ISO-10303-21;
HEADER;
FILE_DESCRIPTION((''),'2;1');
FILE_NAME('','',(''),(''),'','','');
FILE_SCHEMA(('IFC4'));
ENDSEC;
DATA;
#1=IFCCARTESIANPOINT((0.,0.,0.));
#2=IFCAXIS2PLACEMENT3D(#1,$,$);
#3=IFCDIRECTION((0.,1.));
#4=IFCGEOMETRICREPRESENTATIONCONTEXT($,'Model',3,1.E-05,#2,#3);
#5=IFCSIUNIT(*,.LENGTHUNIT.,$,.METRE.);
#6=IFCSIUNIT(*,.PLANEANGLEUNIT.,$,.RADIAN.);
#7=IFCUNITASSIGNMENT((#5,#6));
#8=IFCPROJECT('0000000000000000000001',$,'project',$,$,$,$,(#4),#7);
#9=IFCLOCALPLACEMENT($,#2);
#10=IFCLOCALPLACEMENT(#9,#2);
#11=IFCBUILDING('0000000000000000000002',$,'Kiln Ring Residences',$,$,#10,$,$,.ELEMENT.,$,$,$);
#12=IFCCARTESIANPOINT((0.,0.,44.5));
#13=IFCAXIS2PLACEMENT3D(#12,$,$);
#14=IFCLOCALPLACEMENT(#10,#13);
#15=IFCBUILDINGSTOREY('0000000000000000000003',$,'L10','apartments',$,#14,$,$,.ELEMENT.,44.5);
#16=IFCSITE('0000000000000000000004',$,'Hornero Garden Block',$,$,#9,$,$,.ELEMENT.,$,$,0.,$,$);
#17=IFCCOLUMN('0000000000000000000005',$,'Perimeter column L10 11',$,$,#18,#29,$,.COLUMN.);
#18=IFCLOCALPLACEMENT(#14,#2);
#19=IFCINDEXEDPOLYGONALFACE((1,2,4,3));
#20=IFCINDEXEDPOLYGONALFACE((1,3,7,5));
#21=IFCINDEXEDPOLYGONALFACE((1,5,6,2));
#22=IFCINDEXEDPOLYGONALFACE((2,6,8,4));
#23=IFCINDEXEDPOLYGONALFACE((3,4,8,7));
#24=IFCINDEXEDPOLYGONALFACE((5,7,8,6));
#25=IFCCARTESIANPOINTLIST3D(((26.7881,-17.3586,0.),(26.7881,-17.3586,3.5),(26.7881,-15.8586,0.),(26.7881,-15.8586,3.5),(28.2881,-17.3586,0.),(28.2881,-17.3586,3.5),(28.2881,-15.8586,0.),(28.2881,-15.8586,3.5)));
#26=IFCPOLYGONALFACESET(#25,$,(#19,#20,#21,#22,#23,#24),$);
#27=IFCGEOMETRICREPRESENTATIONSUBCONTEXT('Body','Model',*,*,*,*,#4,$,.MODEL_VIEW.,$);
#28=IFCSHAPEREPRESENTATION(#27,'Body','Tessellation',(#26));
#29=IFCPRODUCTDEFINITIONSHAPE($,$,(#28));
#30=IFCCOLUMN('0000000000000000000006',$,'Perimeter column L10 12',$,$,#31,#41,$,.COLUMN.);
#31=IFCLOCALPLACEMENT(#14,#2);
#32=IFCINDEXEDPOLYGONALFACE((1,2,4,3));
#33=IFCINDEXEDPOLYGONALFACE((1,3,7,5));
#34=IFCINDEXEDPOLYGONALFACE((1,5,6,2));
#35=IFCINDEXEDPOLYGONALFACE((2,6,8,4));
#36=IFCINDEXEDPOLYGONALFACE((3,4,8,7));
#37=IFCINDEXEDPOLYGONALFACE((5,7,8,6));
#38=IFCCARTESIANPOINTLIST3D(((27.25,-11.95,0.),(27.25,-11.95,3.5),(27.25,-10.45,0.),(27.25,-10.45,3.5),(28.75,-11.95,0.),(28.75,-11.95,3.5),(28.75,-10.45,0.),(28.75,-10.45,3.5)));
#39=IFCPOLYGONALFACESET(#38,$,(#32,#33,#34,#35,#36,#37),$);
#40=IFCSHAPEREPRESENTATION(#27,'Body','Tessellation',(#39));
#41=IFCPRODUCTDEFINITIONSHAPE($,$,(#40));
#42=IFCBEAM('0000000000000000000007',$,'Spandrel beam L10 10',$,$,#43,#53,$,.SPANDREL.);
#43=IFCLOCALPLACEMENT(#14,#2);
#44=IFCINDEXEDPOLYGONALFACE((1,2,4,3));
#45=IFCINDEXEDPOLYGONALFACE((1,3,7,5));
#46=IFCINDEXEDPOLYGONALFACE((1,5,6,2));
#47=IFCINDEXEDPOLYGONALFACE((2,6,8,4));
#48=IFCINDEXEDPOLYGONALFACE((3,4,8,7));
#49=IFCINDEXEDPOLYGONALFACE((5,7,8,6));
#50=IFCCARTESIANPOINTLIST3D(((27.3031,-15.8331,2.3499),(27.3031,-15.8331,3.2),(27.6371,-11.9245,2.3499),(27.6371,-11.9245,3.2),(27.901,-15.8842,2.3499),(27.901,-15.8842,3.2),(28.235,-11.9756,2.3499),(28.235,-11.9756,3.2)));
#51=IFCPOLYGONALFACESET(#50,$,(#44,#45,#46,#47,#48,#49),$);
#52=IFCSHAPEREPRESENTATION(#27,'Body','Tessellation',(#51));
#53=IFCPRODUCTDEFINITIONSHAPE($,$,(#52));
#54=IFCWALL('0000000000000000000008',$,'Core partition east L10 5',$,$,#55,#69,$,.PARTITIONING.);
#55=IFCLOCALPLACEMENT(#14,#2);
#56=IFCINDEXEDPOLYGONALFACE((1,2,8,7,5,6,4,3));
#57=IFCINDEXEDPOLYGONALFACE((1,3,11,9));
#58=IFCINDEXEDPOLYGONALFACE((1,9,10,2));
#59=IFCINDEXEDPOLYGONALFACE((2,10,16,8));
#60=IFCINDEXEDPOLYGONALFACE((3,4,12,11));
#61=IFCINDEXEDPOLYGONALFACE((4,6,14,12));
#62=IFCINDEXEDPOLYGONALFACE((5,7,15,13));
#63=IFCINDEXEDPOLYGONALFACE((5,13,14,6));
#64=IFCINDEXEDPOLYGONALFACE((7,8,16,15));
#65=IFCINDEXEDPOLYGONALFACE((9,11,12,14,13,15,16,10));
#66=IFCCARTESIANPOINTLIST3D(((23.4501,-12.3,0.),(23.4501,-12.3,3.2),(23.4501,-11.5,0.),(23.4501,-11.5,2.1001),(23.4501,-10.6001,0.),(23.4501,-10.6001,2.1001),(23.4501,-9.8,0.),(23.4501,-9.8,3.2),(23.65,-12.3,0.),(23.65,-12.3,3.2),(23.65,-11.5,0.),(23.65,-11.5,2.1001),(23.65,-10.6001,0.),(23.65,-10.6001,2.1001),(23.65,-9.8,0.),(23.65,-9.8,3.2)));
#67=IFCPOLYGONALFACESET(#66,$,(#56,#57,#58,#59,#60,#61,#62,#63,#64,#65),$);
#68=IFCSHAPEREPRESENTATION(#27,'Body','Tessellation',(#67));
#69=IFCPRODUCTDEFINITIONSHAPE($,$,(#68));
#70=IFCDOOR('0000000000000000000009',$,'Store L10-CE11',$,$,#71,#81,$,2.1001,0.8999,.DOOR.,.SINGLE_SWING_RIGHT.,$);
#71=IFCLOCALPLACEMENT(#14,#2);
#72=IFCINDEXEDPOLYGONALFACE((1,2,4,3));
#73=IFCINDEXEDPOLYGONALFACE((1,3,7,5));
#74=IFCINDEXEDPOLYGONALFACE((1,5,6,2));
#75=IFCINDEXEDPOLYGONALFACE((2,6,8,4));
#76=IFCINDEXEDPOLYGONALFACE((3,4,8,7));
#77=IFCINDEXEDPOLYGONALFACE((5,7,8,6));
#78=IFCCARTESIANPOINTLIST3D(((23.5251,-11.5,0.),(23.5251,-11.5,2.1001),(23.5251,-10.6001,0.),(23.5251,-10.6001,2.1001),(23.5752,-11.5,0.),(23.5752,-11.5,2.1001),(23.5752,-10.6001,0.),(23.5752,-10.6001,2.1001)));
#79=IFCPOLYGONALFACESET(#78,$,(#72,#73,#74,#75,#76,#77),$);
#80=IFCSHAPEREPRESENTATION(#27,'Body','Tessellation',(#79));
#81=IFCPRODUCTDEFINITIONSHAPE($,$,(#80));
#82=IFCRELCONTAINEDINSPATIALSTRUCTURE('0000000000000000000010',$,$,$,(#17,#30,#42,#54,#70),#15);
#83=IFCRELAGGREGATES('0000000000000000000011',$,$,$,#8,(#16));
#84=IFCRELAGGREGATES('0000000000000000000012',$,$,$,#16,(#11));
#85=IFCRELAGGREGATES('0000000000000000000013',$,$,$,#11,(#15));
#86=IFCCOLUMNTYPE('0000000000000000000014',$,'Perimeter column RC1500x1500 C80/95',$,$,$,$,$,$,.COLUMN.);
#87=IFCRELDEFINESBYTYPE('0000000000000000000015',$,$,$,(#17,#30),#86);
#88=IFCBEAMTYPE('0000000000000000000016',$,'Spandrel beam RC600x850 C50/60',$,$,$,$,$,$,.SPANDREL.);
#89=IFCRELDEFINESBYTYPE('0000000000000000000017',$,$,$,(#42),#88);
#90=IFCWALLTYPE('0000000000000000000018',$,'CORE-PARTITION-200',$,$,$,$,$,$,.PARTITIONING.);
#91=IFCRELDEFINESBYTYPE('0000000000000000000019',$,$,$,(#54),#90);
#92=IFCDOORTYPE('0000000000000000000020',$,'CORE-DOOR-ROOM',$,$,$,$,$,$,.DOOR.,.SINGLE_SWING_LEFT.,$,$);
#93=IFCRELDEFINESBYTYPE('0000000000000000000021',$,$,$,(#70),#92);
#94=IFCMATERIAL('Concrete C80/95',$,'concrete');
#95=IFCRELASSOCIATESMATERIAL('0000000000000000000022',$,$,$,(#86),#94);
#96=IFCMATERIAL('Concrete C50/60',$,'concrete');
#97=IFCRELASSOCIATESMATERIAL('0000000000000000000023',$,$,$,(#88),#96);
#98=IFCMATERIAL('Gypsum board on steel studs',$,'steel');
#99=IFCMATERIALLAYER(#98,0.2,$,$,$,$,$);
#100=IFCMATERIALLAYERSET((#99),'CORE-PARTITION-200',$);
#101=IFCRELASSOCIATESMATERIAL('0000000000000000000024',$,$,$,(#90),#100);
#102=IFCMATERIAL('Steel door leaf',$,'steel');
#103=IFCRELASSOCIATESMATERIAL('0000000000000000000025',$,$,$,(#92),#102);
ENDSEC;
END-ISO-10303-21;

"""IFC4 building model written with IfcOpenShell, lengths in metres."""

from ifc_helpers import new_model, si_unit, direction, frame, frame_2d, origin, origin_2d, place, context, subcontext, project, spatial, rectangle, extrude, material, layer, layer_set, material_profile, profile_set, type_object, element, fill, save


model = new_model("IFC4")

# Units and contexts
model_context = context("Model", 3, precision=1e-05, world=origin(), true_north=direction((0.0, 1.0)))
body_context = subcontext(model_context, "Body", "Model", "MODEL_VIEW")
ifc_project = project(units=[si_unit("LENGTHUNIT", "METRE"), si_unit("PLANEANGLEUNIT", "RADIAN")], contexts=[model_context])

# Site, building, storey
site_placement = place(None, origin())
site = spatial("IfcSite", under=ifc_project, at=site_placement, Name="Hornero Garden Block", CompositionType="ELEMENT", RefElevation=0.0)
building_placement = place(site_placement, origin())
building = spatial("IfcBuilding", under=site, at=building_placement, Name="Kiln Ring Residences", CompositionType="ELEMENT")
storey_placement = place(building_placement, frame((0.0, 0.0, 44.5)))
storey = spatial("IfcBuildingStorey", under=building, at=storey_placement, Name="L10", Description="apartments", CompositionType="ELEMENT", Elevation=44.5)

# Columns
ifc_material_1 = material(Name="Concrete C80/95", Category="concrete")
ifc_material_profile_1 = material_profile(ifc_material_1, rectangle(XDim=1.5, YDim=1.5, at=origin_2d()), Name="RC1500x1500")
ifc_profile_set_1 = profile_set([ifc_material_profile_1], Name="Concrete C80/95")
column_type = type_object("IfcColumnType", Name="Perimeter column RC1500x1500 C80/95", PredefinedType="COLUMN", material=ifc_profile_set_1)
for number, where, z_axis, x_axis, name in (
    (1, (27.5381, -16.6086, 0.0), (0.0, 0.0, 1.0), (1.0, 0.0, 0.0), "Perimeter column L10 11"),
    (2, (28.0, -11.2, 0.0), (0.0, 0.0, 1.0), (1.0, 0.0, 0.0), "Perimeter column L10 12"),
):
    element("IfcColumn", number, at=place(storey_placement, frame(where, z_axis=z_axis, x_axis=x_axis)), inside=storey, type_object=column_type, Name=name, PredefinedType="COLUMN", context=body_context, shape_type="SweptSolid", body=[
        extrude(rectangle(XDim=1.5, YDim=1.5, at=origin_2d()), origin(), (0.0, 0.0, 1.0), 3.5),
    ])

# Beam
ifc_material_2 = material(Name="Concrete C50/60", Category="concrete")
ifc_material_profile_2 = material_profile(ifc_material_2, rectangle(XDim=0.6001, YDim=0.8501, at=origin_2d()), Name="RC600x850")
ifc_profile_set_2 = profile_set([ifc_material_profile_2], Name="Concrete C50/60")
beam_type = type_object("IfcBeamType", Name="Spandrel beam RC600x850 C50/60", PredefinedType="SPANDREL", material=ifc_profile_set_2)
beam_placement = place(storey_placement, frame((27.6021, -15.8586, 2.7749), z_axis=(0.085136, 0.996369, 0.0), x_axis=(-0.996369, 0.085136, 0.0)))
element("IfcBeam", 3, at=beam_placement, inside=storey, type_object=beam_type, Name="Spandrel beam L10 10", PredefinedType="SPANDREL", context=body_context, shape_type="SweptSolid", body=[
    extrude(rectangle(XDim=0.6001, YDim=0.8501, at=origin_2d()), origin(), (0.0, 0.0, 1.0), 3.9229),
])

# Wall, opening, door
ifc_material_3 = material(Name="Gypsum board on steel studs", Category="steel")
ifc_layer_1 = layer(ifc_material_3, 0.2)
ifc_layer_set_1 = layer_set([ifc_layer_1], Name="CORE-PARTITION-200")
wall_type_1 = type_object("IfcWallType", Name="CORE-PARTITION-200", PredefinedType="PARTITIONING", material=ifc_layer_set_1)
wall_1_placement = place(storey_placement, frame((23.55, -12.3, 0.0), z_axis=(0.0, 0.0, 1.0), x_axis=(0.0, 1.0, 0.0)))
wall_1 = element("IfcWall", 4, at=wall_1_placement, inside=storey, type_object=wall_type_1, Name="Core partition east L10 5", PredefinedType="PARTITIONING", context=body_context, shape_type="SweptSolid", body=[
    extrude(rectangle(XDim=2.5, YDim=0.2, at=frame_2d((1.25, 0.0))), origin(), (0.0, 0.0, 1.0), 3.2),
])
opening_1_placement = place(wall_1_placement, frame((0.8, 0.0, 0.0)))
opening_1 = element("IfcOpeningElement", 5, at=opening_1_placement, cuts=wall_1, PredefinedType="OPENING", context=body_context, shape_type="SweptSolid", body=[
    extrude(rectangle(XDim=0.8999, YDim=2.1001, at=frame_2d((0.45, 1.05))), frame((0.0, 0.1099, 0.0), z_axis=(0.0, -1.0, 0.0), x_axis=(1.0, 0.0, 0.0)), (0.0, 0.0, 1.0), 0.22),
])
ifc_material_4 = material(Name="Steel door leaf", Category="steel")
door_type_1 = type_object("IfcDoorType", Name="CORE-DOOR-ROOM", OperationType="SINGLE_SWING_LEFT", PredefinedType="DOOR", material=ifc_material_4)
door_1_placement = place(opening_1_placement, origin())
door_1 = element("IfcDoor", 6, at=door_1_placement, inside=storey, type_object=door_type_1, Name="Store L10-CE11", OperationType="SINGLE_SWING_RIGHT", OverallHeight=2.1001, OverallWidth=0.8999, PredefinedType="DOOR", context=body_context, shape_type="SweptSolid", body=[
    extrude(rectangle(XDim=0.8999, YDim=2.1001, at=frame_2d((0.45, 1.05))), frame((0.0, 0.0249, 0.0), z_axis=(0.0, -1.0, 0.0), x_axis=(1.0, 0.0, 0.0)), (0.0, 0.0, 1.0), 0.05),
])
fill(opening_1, door_1)

save(model, "model.ifc")
